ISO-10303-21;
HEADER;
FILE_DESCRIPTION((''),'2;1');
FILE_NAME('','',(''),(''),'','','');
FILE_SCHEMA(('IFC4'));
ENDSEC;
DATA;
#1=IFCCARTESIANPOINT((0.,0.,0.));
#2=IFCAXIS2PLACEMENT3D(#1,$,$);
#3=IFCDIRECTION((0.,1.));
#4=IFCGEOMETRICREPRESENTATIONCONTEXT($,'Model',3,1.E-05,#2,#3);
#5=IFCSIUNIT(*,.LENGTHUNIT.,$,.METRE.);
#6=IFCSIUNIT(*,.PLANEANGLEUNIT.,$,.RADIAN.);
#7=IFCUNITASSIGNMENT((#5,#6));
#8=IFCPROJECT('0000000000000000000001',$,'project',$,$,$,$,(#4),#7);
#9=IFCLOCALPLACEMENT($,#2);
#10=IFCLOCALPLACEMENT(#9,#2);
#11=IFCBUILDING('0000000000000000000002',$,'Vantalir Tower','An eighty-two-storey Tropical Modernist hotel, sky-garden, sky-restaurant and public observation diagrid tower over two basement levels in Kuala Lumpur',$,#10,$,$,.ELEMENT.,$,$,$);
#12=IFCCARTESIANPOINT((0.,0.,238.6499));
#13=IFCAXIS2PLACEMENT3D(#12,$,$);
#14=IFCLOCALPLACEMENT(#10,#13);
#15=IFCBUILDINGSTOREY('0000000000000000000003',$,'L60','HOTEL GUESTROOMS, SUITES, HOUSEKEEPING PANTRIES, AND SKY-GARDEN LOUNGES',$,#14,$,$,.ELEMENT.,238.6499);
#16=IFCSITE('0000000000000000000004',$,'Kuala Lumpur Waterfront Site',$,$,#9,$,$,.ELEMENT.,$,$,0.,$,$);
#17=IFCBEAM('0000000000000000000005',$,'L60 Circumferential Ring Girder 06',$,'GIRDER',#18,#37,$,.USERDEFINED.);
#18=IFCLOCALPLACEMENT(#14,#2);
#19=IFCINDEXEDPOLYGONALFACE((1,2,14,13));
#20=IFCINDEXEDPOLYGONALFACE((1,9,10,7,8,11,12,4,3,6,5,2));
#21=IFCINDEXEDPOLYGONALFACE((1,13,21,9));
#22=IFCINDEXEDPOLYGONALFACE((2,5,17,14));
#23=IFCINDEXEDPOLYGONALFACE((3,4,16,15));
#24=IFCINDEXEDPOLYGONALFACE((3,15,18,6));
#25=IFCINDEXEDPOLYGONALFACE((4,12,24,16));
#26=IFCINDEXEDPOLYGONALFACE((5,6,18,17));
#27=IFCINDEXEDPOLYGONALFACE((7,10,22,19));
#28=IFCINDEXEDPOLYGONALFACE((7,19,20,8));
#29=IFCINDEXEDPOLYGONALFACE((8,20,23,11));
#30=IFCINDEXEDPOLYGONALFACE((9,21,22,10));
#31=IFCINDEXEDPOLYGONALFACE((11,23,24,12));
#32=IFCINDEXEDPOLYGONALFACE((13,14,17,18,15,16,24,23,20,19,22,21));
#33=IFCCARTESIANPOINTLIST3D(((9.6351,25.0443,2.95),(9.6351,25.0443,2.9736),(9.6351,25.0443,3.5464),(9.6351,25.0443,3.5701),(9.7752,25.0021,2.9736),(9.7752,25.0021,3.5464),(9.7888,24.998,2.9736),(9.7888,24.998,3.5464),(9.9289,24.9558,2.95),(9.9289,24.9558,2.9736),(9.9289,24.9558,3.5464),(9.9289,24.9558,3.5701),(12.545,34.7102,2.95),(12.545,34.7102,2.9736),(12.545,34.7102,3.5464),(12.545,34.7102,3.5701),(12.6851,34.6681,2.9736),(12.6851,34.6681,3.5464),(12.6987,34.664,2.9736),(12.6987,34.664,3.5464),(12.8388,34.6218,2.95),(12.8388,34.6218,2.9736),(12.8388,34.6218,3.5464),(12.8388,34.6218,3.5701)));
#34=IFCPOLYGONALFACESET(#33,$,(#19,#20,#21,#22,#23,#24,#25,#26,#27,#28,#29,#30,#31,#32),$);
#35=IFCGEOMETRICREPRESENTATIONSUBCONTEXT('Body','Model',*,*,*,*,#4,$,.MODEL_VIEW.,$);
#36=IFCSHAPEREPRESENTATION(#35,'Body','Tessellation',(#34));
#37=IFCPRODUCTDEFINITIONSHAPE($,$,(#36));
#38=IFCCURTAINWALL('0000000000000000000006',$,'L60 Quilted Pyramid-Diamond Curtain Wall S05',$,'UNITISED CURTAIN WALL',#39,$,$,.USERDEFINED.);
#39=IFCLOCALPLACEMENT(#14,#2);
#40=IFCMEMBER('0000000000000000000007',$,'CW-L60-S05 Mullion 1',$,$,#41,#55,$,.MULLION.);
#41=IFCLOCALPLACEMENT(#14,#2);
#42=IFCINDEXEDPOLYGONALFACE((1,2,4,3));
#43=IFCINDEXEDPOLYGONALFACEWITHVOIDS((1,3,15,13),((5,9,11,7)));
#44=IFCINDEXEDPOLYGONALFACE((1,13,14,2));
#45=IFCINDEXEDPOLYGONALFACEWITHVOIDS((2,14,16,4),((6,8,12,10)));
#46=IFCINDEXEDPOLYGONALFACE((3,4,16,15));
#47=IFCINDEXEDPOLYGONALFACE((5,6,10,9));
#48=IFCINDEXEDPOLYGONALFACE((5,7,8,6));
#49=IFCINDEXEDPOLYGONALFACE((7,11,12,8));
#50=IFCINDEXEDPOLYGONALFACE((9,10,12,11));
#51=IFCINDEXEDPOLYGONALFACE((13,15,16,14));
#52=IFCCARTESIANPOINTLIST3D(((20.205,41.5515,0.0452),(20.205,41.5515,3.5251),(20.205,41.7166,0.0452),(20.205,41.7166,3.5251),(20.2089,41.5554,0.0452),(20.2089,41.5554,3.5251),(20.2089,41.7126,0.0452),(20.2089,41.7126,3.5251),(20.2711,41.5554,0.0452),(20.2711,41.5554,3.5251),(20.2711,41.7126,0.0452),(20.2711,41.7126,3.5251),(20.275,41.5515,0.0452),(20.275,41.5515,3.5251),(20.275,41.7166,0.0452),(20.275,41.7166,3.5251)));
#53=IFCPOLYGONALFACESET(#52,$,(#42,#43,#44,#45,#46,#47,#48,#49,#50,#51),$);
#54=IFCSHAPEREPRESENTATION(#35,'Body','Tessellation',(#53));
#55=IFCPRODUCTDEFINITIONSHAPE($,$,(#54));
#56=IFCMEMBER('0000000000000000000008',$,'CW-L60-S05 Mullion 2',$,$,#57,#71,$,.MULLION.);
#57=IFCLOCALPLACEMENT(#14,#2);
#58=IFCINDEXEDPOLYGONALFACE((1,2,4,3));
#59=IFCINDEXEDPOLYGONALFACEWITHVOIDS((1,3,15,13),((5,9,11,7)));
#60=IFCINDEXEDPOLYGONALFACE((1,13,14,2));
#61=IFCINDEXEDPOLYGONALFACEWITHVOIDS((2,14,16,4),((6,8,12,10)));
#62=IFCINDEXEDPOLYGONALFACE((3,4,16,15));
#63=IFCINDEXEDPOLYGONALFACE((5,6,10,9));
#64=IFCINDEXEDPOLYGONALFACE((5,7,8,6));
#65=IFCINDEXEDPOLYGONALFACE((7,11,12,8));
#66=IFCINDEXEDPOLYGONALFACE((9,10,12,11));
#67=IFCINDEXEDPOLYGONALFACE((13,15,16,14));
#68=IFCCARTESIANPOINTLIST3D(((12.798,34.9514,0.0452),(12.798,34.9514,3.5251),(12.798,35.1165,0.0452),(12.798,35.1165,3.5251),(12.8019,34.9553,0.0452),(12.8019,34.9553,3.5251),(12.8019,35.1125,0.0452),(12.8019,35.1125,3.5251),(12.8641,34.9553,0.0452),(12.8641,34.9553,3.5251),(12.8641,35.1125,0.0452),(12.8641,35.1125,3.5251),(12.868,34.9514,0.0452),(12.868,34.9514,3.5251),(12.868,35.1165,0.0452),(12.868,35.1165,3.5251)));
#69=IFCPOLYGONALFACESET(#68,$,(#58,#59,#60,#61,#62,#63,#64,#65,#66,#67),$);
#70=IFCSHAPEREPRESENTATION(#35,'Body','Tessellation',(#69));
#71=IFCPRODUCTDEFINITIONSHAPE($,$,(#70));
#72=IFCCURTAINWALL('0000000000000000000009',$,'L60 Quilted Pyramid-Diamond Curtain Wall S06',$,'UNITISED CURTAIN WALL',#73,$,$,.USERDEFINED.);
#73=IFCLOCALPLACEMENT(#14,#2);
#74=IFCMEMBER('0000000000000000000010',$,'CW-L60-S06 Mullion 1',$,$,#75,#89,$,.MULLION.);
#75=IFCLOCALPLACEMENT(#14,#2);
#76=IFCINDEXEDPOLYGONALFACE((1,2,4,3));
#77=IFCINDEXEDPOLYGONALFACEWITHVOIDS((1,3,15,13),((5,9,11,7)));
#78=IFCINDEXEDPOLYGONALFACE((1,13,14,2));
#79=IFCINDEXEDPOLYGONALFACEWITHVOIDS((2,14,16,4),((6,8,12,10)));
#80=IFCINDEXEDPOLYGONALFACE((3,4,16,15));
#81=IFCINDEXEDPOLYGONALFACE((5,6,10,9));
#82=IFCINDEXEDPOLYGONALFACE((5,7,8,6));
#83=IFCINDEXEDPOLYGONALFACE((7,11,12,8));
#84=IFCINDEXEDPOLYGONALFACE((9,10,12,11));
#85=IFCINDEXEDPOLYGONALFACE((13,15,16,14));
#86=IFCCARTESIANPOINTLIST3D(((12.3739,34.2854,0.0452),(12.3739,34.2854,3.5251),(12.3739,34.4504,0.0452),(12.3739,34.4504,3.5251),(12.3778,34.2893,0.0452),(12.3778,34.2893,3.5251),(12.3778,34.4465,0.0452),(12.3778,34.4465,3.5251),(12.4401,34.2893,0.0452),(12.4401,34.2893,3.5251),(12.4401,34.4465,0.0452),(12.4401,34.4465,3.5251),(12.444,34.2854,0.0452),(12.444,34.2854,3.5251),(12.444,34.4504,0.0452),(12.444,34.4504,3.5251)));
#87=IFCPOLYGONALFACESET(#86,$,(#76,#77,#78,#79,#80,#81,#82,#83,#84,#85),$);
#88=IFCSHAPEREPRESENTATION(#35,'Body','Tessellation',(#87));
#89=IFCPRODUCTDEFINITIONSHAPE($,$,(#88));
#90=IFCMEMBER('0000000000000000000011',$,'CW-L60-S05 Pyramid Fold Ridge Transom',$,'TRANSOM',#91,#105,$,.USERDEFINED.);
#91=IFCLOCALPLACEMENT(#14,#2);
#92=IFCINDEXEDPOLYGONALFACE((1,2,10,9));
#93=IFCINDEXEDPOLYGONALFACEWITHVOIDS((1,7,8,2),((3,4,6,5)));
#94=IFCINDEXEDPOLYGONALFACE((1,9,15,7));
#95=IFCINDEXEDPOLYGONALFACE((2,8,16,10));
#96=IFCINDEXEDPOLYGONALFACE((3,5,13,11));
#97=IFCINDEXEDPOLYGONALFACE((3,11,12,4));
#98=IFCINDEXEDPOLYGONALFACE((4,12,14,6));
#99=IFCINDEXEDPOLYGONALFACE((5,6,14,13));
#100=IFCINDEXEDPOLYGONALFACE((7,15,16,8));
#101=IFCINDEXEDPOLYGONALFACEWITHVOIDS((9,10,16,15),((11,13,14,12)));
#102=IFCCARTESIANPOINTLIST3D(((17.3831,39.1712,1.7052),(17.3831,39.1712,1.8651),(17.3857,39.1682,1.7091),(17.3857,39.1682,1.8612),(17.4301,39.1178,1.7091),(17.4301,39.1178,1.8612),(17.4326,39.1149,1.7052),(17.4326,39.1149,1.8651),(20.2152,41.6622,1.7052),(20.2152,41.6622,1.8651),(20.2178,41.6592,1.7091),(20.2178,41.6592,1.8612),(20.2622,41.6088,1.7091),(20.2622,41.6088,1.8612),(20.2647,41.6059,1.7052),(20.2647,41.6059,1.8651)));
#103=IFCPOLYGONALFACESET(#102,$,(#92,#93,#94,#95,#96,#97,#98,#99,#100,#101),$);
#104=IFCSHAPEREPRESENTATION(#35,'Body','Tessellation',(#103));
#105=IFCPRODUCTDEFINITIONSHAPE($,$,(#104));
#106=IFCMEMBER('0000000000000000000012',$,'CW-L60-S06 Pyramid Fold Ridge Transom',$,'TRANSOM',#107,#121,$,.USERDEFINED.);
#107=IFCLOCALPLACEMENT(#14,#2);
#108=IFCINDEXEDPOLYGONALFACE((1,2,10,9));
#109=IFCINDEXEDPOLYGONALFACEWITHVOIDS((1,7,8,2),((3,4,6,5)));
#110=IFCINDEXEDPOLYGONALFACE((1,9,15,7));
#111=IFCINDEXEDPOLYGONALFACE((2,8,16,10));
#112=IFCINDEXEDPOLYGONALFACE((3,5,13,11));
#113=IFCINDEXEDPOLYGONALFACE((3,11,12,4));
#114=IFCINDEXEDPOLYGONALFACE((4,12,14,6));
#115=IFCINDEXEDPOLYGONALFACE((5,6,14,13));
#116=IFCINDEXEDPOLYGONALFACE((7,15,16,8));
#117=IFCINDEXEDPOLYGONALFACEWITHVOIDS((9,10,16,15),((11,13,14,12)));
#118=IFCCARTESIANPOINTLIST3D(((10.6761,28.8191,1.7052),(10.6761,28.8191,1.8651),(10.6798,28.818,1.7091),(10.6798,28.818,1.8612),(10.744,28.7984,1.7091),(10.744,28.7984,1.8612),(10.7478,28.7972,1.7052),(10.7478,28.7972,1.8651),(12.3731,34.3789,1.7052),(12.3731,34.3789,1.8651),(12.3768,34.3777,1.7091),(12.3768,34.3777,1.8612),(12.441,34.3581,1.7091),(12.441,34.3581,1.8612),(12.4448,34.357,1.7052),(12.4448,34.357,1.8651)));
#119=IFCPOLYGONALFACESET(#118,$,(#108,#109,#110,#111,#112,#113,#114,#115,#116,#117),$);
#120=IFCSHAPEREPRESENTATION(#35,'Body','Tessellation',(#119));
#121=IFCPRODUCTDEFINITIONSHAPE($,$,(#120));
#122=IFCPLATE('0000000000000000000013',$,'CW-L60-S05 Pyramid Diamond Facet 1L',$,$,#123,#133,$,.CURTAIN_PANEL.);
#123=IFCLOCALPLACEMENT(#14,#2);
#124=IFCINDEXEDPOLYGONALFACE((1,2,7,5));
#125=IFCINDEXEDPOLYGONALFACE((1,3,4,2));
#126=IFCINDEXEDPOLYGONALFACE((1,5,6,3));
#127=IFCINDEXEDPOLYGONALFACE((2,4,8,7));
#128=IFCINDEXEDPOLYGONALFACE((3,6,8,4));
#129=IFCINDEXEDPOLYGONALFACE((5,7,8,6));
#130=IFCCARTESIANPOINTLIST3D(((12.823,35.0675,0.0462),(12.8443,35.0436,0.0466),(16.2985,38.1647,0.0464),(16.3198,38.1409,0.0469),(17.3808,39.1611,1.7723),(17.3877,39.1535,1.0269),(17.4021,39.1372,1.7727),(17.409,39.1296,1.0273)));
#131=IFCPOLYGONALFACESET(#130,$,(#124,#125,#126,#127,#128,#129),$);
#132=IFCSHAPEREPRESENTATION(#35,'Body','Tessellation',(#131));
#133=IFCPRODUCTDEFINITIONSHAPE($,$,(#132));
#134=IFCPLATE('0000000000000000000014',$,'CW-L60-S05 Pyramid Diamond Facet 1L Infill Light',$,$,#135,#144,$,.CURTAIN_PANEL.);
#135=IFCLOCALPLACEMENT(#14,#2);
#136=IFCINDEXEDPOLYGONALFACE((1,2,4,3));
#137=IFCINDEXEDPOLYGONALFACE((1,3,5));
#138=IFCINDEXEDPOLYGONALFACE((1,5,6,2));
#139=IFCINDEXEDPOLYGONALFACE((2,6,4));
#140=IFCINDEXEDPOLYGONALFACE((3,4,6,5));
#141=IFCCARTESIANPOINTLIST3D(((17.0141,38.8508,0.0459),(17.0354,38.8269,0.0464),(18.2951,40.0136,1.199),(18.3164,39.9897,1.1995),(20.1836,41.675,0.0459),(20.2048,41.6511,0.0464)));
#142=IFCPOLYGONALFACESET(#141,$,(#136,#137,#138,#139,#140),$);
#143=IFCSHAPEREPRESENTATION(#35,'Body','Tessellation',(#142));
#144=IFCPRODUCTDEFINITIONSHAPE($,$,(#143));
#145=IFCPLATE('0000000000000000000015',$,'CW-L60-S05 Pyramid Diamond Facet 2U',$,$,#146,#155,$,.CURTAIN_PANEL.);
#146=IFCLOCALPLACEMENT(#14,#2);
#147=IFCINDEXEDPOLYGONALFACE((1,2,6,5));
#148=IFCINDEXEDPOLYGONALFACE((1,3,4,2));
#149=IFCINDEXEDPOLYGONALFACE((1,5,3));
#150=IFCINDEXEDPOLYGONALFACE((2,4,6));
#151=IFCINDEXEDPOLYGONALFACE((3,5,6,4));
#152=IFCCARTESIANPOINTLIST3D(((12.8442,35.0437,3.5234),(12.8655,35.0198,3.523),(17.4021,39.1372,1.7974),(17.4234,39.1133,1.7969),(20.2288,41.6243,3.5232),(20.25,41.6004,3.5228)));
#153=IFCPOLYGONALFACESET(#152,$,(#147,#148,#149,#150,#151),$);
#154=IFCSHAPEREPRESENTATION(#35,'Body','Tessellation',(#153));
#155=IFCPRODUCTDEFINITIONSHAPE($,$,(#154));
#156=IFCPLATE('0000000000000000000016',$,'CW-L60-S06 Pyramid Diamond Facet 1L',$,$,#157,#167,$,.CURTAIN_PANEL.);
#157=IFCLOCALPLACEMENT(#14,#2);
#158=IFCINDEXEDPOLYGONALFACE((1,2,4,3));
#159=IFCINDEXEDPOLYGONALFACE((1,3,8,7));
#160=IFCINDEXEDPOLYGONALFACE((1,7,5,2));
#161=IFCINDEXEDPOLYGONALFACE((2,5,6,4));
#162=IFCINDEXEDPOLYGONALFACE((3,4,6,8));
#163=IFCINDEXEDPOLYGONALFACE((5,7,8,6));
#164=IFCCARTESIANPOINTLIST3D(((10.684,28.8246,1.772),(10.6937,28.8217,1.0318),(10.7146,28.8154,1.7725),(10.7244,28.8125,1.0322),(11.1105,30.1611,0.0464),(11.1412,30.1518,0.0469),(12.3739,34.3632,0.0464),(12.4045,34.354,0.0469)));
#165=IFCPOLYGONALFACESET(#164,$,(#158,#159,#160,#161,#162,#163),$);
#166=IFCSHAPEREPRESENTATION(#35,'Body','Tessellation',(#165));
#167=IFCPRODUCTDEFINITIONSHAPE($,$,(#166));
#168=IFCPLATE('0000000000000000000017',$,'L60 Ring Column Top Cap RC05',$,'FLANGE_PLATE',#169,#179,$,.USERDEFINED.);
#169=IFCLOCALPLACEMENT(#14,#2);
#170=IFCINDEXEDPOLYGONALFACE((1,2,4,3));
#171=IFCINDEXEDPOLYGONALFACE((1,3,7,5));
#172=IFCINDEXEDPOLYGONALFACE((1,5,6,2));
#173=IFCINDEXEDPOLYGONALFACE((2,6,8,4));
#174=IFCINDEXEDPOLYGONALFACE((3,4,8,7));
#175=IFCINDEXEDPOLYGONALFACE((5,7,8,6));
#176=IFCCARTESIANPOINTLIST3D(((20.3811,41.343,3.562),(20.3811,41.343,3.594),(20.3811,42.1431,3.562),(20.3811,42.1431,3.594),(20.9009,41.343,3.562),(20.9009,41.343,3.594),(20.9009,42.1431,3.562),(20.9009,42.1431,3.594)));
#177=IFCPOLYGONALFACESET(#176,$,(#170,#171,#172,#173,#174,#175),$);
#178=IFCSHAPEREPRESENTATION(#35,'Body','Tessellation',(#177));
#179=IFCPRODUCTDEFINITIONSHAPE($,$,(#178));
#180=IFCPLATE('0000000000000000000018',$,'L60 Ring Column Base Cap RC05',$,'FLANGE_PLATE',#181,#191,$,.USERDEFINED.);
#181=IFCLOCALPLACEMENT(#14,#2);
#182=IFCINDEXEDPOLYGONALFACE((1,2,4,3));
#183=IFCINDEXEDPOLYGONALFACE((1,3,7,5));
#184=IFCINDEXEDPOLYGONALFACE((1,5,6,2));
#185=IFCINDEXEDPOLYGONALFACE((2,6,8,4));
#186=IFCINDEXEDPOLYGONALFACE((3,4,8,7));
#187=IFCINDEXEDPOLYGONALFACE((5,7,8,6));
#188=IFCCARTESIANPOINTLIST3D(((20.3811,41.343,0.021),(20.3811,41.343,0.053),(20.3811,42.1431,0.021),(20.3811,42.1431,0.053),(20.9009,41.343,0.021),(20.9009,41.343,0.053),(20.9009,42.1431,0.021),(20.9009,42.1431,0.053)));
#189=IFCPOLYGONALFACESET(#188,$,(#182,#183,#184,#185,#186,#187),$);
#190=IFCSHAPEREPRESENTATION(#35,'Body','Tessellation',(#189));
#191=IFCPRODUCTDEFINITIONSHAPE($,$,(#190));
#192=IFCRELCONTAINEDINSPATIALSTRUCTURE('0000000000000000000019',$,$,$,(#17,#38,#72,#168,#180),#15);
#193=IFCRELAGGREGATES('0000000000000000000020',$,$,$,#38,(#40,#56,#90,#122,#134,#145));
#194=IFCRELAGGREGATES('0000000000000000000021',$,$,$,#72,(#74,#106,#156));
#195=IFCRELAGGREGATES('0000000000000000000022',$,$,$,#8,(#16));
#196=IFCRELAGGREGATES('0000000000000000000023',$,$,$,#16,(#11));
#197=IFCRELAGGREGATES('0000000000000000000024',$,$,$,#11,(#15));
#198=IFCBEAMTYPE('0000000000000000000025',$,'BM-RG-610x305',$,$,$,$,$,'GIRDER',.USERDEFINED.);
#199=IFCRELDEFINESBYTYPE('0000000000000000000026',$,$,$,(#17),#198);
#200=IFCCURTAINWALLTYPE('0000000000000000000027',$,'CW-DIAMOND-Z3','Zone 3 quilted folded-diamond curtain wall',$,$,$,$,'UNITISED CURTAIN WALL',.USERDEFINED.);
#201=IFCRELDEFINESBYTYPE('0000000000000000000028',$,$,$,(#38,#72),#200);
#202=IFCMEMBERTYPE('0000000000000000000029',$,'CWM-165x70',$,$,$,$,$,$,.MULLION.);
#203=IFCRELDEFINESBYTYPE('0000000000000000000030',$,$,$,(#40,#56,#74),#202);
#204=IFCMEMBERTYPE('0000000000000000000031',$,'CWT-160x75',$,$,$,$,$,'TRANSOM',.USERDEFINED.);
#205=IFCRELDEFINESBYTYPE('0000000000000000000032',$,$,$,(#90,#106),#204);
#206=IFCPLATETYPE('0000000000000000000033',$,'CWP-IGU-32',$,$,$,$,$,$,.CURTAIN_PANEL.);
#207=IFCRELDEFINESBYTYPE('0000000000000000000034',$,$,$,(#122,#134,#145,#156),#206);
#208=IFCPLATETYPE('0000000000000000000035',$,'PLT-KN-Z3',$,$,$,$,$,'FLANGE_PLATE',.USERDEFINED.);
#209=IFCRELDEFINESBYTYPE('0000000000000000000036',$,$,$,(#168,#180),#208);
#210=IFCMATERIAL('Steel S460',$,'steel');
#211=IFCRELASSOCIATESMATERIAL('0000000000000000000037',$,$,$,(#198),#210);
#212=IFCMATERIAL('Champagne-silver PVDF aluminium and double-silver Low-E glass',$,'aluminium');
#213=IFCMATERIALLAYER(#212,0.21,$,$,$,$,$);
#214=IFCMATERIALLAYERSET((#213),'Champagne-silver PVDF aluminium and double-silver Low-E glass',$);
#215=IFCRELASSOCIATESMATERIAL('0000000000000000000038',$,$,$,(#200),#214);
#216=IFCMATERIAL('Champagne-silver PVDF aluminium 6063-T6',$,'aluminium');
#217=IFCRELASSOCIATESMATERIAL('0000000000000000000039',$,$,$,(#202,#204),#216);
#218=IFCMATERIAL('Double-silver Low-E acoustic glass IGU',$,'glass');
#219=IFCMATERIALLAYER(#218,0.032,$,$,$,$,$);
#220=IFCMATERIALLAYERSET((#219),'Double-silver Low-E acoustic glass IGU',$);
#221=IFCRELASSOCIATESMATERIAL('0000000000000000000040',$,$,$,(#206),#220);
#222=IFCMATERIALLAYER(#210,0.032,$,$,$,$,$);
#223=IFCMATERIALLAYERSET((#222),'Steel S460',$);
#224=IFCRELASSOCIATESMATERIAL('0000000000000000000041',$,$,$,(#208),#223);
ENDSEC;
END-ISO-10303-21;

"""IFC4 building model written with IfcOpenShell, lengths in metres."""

from ifc_helpers import new_model, si_unit, direction, frame, origin, origin_2d, place, context, subcontext, project, spatial, polyline, hollow_rectangle, i_section, outline, extrude, material, layer, layer_set, material_profile, profile_set, type_object, element, aggregate, save


model = new_model("IFC4")

# Units and contexts
model_context = context("Model", 3, precision=1e-05, world=origin(), true_north=direction((0.0, 1.0)))
body_context = subcontext(model_context, "Body", "Model", "MODEL_VIEW")
ifc_project = project(units=[si_unit("LENGTHUNIT", "METRE"), si_unit("PLANEANGLEUNIT", "RADIAN")], contexts=[model_context])

# Site, building, storey
site_placement = place(None, origin())
site = spatial("IfcSite", under=ifc_project, at=site_placement, Name="Kuala Lumpur Waterfront Site", CompositionType="ELEMENT", RefElevation=0.0)
building_placement = place(site_placement, origin())
building = spatial("IfcBuilding", under=site, at=building_placement, Name="Vantalir Tower", Description="An eighty-two-storey Tropical Modernist hotel, sky-garden, sky-restaurant and public observation diagrid tower over two basement levels in Kuala Lumpur", CompositionType="ELEMENT")
storey_placement = place(building_placement, frame((0.0, 0.0, 238.6499)))
storey = spatial("IfcBuildingStorey", under=building, at=storey_placement, Name="L60", Description="HOTEL GUESTROOMS, SUITES, HOUSEKEEPING PANTRIES, AND SKY-GARDEN LOUNGES", CompositionType="ELEMENT", Elevation=238.6499)

# Shared definitions
ifc_material_1 = material(Name="Steel S460", Category="steel")

# Beam
ifc_material_profile_1 = material_profile(ifc_material_1, i_section(OverallWidth=0.3069, OverallDepth=0.6201, WebThickness=0.0142, FlangeThickness=0.0237, at=origin_2d()), Name="Steel S460")
ifc_profile_set_1 = profile_set([ifc_material_profile_1], Name="Steel S460")
beam_type_1 = type_object("IfcBeamType", Name="BM-RG-610x305", ElementType="GIRDER", PredefinedType="USERDEFINED", material=ifc_profile_set_1)
beam_1_placement = place(storey_placement, frame((12.6919, 34.666, 3.26), z_axis=(-0.288266, -0.95755, 0.0), x_axis=(0.95755, -0.288266, 0.0)))
element("IfcBeam", 1, at=beam_1_placement, inside=storey, type_object=beam_type_1, Name="L60 Circumferential Ring Girder 06", ObjectType="GIRDER", PredefinedType="USERDEFINED", context=body_context, shape_type="SweptSolid", body=[
    extrude(i_section(OverallWidth=0.3069, OverallDepth=0.6201, WebThickness=0.0142, FlangeThickness=0.0237, at=origin_2d()), origin(), (0.0, 0.0, 1.0), 10.0945),
])

# Curtain wall, members
ifc_material_2 = material(Name="Champagne-silver PVDF aluminium and double-silver Low-E glass", Category="aluminium")
ifc_layer_1 = layer(ifc_material_2, 0.21)
ifc_layer_set_1 = layer_set([ifc_layer_1], Name="Champagne-silver PVDF aluminium and double-silver Low-E glass")
curtain_wall_type = type_object("IfcCurtainWallType", Name="CW-DIAMOND-Z3", Description="Zone 3 quilted folded-diamond curtain wall", ElementType="UNITISED CURTAIN WALL", PredefinedType="USERDEFINED", material=ifc_layer_set_1)
curtain_wall_1_placement = place(storey_placement, origin())
curtain_wall_1 = element("IfcCurtainWall", 2, at=curtain_wall_1_placement, inside=storey, type_object=curtain_wall_type, Name="L60 Quilted Pyramid-Diamond Curtain Wall S05", ObjectType="UNITISED CURTAIN WALL", PredefinedType="USERDEFINED")
ifc_material_3 = material(Name="Champagne-silver PVDF aluminium 6063-T6", Category="aluminium")
ifc_material_profile_2 = material_profile(ifc_material_3, hollow_rectangle(XDim=0.0701, YDim=0.165, WallThickness=0.0039, at=origin_2d()), Name="Champagne-silver PVDF aluminium 6063-T6")
ifc_profile_set_2 = profile_set([ifc_material_profile_2], Name="Champagne-silver PVDF aluminium 6063-T6")
member_type_1 = type_object("IfcMemberType", Name="CWM-165x70", PredefinedType="MULLION", material=ifc_profile_set_2)
member_1_placement = place(storey_placement, frame((20.24, 41.634, 0.0452), z_axis=(0.0, 0.0, 1.0), x_axis=(1.0, 0.0, 0.0)))
member_1 = element("IfcMember", 3, at=member_1_placement, type_object=member_type_1, Name="CW-L60-S05 Mullion 1", PredefinedType="MULLION", context=body_context, shape_type="SweptSolid", body=[
    extrude(hollow_rectangle(XDim=0.0701, YDim=0.165, WallThickness=0.0039, at=origin_2d()), origin(), (0.0, 0.0, 1.0), 3.48),
])
member_2_placement = place(storey_placement, frame((12.833, 35.0339, 0.0452), z_axis=(0.0, 0.0, 1.0), x_axis=(1.0, 0.0, 0.0)))
member_2 = element("IfcMember", 4, at=member_2_placement, type_object=member_type_1, Name="CW-L60-S05 Mullion 2", PredefinedType="MULLION", context=body_context, shape_type="SweptSolid", body=[
    extrude(hollow_rectangle(XDim=0.0701, YDim=0.165, WallThickness=0.0039, at=origin_2d()), origin(), (0.0, 0.0, 1.0), 3.48),
])

# Curtain wall, member
curtain_wall_2_placement = place(storey_placement, origin())
curtain_wall_2 = element("IfcCurtainWall", 5, at=curtain_wall_2_placement, inside=storey, type_object=curtain_wall_type, Name="L60 Quilted Pyramid-Diamond Curtain Wall S06", ObjectType="UNITISED CURTAIN WALL", PredefinedType="USERDEFINED")
member_3_placement = place(storey_placement, frame((12.4089, 34.3679, 0.0452), z_axis=(0.0, 0.0, 1.0), x_axis=(1.0, 0.0, 0.0)))
member_3 = element("IfcMember", 6, at=member_3_placement, type_object=member_type_1, Name="CW-L60-S06 Mullion 1", PredefinedType="MULLION", context=body_context, shape_type="SweptSolid", body=[
    extrude(hollow_rectangle(XDim=0.0701, YDim=0.165, WallThickness=0.0039, at=origin_2d()), origin(), (0.0, 0.0, 1.0), 3.48),
])

# Members
ifc_material_profile_3 = material_profile(ifc_material_3, hollow_rectangle(XDim=0.075, YDim=0.1599, WallThickness=0.0039, at=origin_2d()), Name="Champagne-silver PVDF aluminium 6063-T6")
ifc_profile_set_3 = profile_set([ifc_material_profile_3], Name="Champagne-silver PVDF aluminium 6063-T6")
member_type_2 = type_object("IfcMemberType", Name="CWT-160x75", ElementType="TRANSOM", PredefinedType="USERDEFINED", material=ifc_profile_set_3)
member_4_placement = place(storey_placement, frame((20.24, 41.634, 1.7852), z_axis=(-0.750874, -0.660445, 0.0), x_axis=(0.660445, -0.750874, 0.0)))
member_4 = element("IfcMember", 7, at=member_4_placement, type_object=member_type_2, Name="CW-L60-S05 Pyramid Fold Ridge Transom", ObjectType="TRANSOM", PredefinedType="USERDEFINED", context=body_context, shape_type="SweptSolid", body=[
    extrude(hollow_rectangle(XDim=0.075, YDim=0.1599, WallThickness=0.0039, at=origin_2d()), origin(), (0.0, 0.0, 1.0), 3.7717),
])
member_5_placement = place(storey_placement, frame((12.4089, 34.3679, 1.7852), z_axis=(-0.291934, -0.956439, 0.0), x_axis=(0.956439, -0.291934, 0.0)))
member_5 = element("IfcMember", 8, at=member_5_placement, type_object=member_type_2, Name="CW-L60-S06 Pyramid Fold Ridge Transom", ObjectType="TRANSOM", PredefinedType="USERDEFINED", context=body_context, shape_type="SweptSolid", body=[
    extrude(hollow_rectangle(XDim=0.075, YDim=0.1599, WallThickness=0.0039, at=origin_2d()), origin(), (0.0, 0.0, 1.0), 5.813),
])

# Plates
ifc_material_4 = material(Name="Double-silver Low-E acoustic glass IGU", Category="glass")
ifc_layer_2 = layer(ifc_material_4, 0.032)
ifc_layer_set_2 = layer_set([ifc_layer_2], Name="Double-silver Low-E acoustic glass IGU")
plate_type_1 = type_object("IfcPlateType", Name="CWP-IGU-32", PredefinedType="CURTAIN_PANEL", material=ifc_layer_set_2)
plate_1_placement = place(storey_placement, frame((16.3198, 38.1409, 0.0469), z_axis=(0.665243, -0.7465, 0.013785), x_axis=(-0.74657, -0.665307, -0.000052)))
plate_1 = element("IfcPlate", 9, at=plate_1_placement, type_object=plate_type_1, Name="CW-L60-S05 Pyramid Diamond Facet 1L", PredefinedType="CURTAIN_PANEL", context=body_context, shape_type="SweptSolid", body=[
    extrude(outline(polyline([(0.0, 0.0), (4.6553, 0.0), (-1.471, -1.7259), (-1.471, -0.9805), (0.0, 0.0)])), origin(), (0.0, 0.0, -1.0), 0.032),
])
plate_2_placement = place(storey_placement, frame((20.2048, 41.6511, 0.0464), z_axis=(0.665214, -0.746525, 0.013831), x_axis=(-0.746596, -0.665277, 0.0)))
plate_2 = element("IfcPlate", 10, at=plate_2_placement, type_object=plate_type_1, Name="CW-L60-S05 Pyramid Diamond Facet 1L Infill Light", PredefinedType="CURTAIN_PANEL", context=body_context, shape_type="SweptSolid", body=[
    extrude(outline(polyline([(0.0, 0.0), (4.2452, 0.0), (2.5152, -1.1532), (0.0, 0.0)])), origin(), (0.0, 0.0, -1.0), 0.032),
])
plate_3_placement = place(storey_placement, frame((12.8442, 35.0437, 3.5234), z_axis=(-0.665234, 0.746507, 0.01378), x_axis=(0.746578, 0.665298, -0.000025)))
plate_3 = element("IfcPlate", 11, at=plate_3_placement, type_object=plate_type_1, Name="CW-L60-S05 Pyramid Diamond Facet 2U", PredefinedType="CURTAIN_PANEL", context=body_context, shape_type="SweptSolid", body=[
    extrude(outline(polyline([(0.0, 0.0), (9.8912, 0.0), (6.1262, 1.7261), (0.0, 0.0)])), origin(), (0.0, 0.0, -1.0), 0.032),
])
aggregate(curtain_wall_1, [member_1, member_2, member_4, plate_1, plate_2, plate_3])
plate_4_placement = place(storey_placement, frame((12.4045, 34.354, 0.0469), z_axis=(0.957564, -0.287893, 0.013715), x_axis=(-0.28792, -0.957654, 0.0)))
plate_4 = element("IfcPlate", 12, at=plate_4_placement, type_object=plate_type_1, Name="CW-L60-S06 Pyramid Diamond Facet 1L", PredefinedType="CURTAIN_PANEL", context=body_context, shape_type="SweptSolid", body=[
    extrude(outline(polyline([(0.0, 0.0), (4.388, 0.0), (5.7906, -0.9854), (5.7906, -1.7257), (0.0, 0.0)])), origin(), (0.0, 0.0, -1.0), 0.032),
])
aggregate(curtain_wall_2, [member_3, member_5, plate_4])

# Plates
ifc_layer_3 = layer(ifc_material_1, 0.032)
ifc_layer_set_3 = layer_set([ifc_layer_3], Name="Steel S460")
plate_type_2 = type_object("IfcPlateType", Name="PLT-KN-Z3", ElementType="FLANGE_PLATE", PredefinedType="USERDEFINED", material=ifc_layer_set_3)
for number, where, z_axis, x_axis, name in (
    (13, (20.3811, 42.1431, 3.594), (0.0, 0.0, 1.0), (0.0, -1.0, 0.0), "L60 Ring Column Top Cap RC05"),
    (14, (20.3811, 42.1431, 0.053), (0.0, 0.0, 1.0), (0.0, -1.0, 0.0), "L60 Ring Column Base Cap RC05"),
):
    element("IfcPlate", number, at=place(storey_placement, frame(where, z_axis=z_axis, x_axis=x_axis)), inside=storey, type_object=plate_type_2, Name=name, ObjectType="FLANGE_PLATE", PredefinedType="USERDEFINED", context=body_context, shape_type="SweptSolid", body=[
        extrude(outline(polyline([(0.0, 0.0), (0.8, 0.0), (0.8, 0.5198), (0.0, 0.5198), (0.0, 0.0)])), origin(), (0.0, 0.0, -1.0), 0.032),
    ])

save(model, "model.ifc")
